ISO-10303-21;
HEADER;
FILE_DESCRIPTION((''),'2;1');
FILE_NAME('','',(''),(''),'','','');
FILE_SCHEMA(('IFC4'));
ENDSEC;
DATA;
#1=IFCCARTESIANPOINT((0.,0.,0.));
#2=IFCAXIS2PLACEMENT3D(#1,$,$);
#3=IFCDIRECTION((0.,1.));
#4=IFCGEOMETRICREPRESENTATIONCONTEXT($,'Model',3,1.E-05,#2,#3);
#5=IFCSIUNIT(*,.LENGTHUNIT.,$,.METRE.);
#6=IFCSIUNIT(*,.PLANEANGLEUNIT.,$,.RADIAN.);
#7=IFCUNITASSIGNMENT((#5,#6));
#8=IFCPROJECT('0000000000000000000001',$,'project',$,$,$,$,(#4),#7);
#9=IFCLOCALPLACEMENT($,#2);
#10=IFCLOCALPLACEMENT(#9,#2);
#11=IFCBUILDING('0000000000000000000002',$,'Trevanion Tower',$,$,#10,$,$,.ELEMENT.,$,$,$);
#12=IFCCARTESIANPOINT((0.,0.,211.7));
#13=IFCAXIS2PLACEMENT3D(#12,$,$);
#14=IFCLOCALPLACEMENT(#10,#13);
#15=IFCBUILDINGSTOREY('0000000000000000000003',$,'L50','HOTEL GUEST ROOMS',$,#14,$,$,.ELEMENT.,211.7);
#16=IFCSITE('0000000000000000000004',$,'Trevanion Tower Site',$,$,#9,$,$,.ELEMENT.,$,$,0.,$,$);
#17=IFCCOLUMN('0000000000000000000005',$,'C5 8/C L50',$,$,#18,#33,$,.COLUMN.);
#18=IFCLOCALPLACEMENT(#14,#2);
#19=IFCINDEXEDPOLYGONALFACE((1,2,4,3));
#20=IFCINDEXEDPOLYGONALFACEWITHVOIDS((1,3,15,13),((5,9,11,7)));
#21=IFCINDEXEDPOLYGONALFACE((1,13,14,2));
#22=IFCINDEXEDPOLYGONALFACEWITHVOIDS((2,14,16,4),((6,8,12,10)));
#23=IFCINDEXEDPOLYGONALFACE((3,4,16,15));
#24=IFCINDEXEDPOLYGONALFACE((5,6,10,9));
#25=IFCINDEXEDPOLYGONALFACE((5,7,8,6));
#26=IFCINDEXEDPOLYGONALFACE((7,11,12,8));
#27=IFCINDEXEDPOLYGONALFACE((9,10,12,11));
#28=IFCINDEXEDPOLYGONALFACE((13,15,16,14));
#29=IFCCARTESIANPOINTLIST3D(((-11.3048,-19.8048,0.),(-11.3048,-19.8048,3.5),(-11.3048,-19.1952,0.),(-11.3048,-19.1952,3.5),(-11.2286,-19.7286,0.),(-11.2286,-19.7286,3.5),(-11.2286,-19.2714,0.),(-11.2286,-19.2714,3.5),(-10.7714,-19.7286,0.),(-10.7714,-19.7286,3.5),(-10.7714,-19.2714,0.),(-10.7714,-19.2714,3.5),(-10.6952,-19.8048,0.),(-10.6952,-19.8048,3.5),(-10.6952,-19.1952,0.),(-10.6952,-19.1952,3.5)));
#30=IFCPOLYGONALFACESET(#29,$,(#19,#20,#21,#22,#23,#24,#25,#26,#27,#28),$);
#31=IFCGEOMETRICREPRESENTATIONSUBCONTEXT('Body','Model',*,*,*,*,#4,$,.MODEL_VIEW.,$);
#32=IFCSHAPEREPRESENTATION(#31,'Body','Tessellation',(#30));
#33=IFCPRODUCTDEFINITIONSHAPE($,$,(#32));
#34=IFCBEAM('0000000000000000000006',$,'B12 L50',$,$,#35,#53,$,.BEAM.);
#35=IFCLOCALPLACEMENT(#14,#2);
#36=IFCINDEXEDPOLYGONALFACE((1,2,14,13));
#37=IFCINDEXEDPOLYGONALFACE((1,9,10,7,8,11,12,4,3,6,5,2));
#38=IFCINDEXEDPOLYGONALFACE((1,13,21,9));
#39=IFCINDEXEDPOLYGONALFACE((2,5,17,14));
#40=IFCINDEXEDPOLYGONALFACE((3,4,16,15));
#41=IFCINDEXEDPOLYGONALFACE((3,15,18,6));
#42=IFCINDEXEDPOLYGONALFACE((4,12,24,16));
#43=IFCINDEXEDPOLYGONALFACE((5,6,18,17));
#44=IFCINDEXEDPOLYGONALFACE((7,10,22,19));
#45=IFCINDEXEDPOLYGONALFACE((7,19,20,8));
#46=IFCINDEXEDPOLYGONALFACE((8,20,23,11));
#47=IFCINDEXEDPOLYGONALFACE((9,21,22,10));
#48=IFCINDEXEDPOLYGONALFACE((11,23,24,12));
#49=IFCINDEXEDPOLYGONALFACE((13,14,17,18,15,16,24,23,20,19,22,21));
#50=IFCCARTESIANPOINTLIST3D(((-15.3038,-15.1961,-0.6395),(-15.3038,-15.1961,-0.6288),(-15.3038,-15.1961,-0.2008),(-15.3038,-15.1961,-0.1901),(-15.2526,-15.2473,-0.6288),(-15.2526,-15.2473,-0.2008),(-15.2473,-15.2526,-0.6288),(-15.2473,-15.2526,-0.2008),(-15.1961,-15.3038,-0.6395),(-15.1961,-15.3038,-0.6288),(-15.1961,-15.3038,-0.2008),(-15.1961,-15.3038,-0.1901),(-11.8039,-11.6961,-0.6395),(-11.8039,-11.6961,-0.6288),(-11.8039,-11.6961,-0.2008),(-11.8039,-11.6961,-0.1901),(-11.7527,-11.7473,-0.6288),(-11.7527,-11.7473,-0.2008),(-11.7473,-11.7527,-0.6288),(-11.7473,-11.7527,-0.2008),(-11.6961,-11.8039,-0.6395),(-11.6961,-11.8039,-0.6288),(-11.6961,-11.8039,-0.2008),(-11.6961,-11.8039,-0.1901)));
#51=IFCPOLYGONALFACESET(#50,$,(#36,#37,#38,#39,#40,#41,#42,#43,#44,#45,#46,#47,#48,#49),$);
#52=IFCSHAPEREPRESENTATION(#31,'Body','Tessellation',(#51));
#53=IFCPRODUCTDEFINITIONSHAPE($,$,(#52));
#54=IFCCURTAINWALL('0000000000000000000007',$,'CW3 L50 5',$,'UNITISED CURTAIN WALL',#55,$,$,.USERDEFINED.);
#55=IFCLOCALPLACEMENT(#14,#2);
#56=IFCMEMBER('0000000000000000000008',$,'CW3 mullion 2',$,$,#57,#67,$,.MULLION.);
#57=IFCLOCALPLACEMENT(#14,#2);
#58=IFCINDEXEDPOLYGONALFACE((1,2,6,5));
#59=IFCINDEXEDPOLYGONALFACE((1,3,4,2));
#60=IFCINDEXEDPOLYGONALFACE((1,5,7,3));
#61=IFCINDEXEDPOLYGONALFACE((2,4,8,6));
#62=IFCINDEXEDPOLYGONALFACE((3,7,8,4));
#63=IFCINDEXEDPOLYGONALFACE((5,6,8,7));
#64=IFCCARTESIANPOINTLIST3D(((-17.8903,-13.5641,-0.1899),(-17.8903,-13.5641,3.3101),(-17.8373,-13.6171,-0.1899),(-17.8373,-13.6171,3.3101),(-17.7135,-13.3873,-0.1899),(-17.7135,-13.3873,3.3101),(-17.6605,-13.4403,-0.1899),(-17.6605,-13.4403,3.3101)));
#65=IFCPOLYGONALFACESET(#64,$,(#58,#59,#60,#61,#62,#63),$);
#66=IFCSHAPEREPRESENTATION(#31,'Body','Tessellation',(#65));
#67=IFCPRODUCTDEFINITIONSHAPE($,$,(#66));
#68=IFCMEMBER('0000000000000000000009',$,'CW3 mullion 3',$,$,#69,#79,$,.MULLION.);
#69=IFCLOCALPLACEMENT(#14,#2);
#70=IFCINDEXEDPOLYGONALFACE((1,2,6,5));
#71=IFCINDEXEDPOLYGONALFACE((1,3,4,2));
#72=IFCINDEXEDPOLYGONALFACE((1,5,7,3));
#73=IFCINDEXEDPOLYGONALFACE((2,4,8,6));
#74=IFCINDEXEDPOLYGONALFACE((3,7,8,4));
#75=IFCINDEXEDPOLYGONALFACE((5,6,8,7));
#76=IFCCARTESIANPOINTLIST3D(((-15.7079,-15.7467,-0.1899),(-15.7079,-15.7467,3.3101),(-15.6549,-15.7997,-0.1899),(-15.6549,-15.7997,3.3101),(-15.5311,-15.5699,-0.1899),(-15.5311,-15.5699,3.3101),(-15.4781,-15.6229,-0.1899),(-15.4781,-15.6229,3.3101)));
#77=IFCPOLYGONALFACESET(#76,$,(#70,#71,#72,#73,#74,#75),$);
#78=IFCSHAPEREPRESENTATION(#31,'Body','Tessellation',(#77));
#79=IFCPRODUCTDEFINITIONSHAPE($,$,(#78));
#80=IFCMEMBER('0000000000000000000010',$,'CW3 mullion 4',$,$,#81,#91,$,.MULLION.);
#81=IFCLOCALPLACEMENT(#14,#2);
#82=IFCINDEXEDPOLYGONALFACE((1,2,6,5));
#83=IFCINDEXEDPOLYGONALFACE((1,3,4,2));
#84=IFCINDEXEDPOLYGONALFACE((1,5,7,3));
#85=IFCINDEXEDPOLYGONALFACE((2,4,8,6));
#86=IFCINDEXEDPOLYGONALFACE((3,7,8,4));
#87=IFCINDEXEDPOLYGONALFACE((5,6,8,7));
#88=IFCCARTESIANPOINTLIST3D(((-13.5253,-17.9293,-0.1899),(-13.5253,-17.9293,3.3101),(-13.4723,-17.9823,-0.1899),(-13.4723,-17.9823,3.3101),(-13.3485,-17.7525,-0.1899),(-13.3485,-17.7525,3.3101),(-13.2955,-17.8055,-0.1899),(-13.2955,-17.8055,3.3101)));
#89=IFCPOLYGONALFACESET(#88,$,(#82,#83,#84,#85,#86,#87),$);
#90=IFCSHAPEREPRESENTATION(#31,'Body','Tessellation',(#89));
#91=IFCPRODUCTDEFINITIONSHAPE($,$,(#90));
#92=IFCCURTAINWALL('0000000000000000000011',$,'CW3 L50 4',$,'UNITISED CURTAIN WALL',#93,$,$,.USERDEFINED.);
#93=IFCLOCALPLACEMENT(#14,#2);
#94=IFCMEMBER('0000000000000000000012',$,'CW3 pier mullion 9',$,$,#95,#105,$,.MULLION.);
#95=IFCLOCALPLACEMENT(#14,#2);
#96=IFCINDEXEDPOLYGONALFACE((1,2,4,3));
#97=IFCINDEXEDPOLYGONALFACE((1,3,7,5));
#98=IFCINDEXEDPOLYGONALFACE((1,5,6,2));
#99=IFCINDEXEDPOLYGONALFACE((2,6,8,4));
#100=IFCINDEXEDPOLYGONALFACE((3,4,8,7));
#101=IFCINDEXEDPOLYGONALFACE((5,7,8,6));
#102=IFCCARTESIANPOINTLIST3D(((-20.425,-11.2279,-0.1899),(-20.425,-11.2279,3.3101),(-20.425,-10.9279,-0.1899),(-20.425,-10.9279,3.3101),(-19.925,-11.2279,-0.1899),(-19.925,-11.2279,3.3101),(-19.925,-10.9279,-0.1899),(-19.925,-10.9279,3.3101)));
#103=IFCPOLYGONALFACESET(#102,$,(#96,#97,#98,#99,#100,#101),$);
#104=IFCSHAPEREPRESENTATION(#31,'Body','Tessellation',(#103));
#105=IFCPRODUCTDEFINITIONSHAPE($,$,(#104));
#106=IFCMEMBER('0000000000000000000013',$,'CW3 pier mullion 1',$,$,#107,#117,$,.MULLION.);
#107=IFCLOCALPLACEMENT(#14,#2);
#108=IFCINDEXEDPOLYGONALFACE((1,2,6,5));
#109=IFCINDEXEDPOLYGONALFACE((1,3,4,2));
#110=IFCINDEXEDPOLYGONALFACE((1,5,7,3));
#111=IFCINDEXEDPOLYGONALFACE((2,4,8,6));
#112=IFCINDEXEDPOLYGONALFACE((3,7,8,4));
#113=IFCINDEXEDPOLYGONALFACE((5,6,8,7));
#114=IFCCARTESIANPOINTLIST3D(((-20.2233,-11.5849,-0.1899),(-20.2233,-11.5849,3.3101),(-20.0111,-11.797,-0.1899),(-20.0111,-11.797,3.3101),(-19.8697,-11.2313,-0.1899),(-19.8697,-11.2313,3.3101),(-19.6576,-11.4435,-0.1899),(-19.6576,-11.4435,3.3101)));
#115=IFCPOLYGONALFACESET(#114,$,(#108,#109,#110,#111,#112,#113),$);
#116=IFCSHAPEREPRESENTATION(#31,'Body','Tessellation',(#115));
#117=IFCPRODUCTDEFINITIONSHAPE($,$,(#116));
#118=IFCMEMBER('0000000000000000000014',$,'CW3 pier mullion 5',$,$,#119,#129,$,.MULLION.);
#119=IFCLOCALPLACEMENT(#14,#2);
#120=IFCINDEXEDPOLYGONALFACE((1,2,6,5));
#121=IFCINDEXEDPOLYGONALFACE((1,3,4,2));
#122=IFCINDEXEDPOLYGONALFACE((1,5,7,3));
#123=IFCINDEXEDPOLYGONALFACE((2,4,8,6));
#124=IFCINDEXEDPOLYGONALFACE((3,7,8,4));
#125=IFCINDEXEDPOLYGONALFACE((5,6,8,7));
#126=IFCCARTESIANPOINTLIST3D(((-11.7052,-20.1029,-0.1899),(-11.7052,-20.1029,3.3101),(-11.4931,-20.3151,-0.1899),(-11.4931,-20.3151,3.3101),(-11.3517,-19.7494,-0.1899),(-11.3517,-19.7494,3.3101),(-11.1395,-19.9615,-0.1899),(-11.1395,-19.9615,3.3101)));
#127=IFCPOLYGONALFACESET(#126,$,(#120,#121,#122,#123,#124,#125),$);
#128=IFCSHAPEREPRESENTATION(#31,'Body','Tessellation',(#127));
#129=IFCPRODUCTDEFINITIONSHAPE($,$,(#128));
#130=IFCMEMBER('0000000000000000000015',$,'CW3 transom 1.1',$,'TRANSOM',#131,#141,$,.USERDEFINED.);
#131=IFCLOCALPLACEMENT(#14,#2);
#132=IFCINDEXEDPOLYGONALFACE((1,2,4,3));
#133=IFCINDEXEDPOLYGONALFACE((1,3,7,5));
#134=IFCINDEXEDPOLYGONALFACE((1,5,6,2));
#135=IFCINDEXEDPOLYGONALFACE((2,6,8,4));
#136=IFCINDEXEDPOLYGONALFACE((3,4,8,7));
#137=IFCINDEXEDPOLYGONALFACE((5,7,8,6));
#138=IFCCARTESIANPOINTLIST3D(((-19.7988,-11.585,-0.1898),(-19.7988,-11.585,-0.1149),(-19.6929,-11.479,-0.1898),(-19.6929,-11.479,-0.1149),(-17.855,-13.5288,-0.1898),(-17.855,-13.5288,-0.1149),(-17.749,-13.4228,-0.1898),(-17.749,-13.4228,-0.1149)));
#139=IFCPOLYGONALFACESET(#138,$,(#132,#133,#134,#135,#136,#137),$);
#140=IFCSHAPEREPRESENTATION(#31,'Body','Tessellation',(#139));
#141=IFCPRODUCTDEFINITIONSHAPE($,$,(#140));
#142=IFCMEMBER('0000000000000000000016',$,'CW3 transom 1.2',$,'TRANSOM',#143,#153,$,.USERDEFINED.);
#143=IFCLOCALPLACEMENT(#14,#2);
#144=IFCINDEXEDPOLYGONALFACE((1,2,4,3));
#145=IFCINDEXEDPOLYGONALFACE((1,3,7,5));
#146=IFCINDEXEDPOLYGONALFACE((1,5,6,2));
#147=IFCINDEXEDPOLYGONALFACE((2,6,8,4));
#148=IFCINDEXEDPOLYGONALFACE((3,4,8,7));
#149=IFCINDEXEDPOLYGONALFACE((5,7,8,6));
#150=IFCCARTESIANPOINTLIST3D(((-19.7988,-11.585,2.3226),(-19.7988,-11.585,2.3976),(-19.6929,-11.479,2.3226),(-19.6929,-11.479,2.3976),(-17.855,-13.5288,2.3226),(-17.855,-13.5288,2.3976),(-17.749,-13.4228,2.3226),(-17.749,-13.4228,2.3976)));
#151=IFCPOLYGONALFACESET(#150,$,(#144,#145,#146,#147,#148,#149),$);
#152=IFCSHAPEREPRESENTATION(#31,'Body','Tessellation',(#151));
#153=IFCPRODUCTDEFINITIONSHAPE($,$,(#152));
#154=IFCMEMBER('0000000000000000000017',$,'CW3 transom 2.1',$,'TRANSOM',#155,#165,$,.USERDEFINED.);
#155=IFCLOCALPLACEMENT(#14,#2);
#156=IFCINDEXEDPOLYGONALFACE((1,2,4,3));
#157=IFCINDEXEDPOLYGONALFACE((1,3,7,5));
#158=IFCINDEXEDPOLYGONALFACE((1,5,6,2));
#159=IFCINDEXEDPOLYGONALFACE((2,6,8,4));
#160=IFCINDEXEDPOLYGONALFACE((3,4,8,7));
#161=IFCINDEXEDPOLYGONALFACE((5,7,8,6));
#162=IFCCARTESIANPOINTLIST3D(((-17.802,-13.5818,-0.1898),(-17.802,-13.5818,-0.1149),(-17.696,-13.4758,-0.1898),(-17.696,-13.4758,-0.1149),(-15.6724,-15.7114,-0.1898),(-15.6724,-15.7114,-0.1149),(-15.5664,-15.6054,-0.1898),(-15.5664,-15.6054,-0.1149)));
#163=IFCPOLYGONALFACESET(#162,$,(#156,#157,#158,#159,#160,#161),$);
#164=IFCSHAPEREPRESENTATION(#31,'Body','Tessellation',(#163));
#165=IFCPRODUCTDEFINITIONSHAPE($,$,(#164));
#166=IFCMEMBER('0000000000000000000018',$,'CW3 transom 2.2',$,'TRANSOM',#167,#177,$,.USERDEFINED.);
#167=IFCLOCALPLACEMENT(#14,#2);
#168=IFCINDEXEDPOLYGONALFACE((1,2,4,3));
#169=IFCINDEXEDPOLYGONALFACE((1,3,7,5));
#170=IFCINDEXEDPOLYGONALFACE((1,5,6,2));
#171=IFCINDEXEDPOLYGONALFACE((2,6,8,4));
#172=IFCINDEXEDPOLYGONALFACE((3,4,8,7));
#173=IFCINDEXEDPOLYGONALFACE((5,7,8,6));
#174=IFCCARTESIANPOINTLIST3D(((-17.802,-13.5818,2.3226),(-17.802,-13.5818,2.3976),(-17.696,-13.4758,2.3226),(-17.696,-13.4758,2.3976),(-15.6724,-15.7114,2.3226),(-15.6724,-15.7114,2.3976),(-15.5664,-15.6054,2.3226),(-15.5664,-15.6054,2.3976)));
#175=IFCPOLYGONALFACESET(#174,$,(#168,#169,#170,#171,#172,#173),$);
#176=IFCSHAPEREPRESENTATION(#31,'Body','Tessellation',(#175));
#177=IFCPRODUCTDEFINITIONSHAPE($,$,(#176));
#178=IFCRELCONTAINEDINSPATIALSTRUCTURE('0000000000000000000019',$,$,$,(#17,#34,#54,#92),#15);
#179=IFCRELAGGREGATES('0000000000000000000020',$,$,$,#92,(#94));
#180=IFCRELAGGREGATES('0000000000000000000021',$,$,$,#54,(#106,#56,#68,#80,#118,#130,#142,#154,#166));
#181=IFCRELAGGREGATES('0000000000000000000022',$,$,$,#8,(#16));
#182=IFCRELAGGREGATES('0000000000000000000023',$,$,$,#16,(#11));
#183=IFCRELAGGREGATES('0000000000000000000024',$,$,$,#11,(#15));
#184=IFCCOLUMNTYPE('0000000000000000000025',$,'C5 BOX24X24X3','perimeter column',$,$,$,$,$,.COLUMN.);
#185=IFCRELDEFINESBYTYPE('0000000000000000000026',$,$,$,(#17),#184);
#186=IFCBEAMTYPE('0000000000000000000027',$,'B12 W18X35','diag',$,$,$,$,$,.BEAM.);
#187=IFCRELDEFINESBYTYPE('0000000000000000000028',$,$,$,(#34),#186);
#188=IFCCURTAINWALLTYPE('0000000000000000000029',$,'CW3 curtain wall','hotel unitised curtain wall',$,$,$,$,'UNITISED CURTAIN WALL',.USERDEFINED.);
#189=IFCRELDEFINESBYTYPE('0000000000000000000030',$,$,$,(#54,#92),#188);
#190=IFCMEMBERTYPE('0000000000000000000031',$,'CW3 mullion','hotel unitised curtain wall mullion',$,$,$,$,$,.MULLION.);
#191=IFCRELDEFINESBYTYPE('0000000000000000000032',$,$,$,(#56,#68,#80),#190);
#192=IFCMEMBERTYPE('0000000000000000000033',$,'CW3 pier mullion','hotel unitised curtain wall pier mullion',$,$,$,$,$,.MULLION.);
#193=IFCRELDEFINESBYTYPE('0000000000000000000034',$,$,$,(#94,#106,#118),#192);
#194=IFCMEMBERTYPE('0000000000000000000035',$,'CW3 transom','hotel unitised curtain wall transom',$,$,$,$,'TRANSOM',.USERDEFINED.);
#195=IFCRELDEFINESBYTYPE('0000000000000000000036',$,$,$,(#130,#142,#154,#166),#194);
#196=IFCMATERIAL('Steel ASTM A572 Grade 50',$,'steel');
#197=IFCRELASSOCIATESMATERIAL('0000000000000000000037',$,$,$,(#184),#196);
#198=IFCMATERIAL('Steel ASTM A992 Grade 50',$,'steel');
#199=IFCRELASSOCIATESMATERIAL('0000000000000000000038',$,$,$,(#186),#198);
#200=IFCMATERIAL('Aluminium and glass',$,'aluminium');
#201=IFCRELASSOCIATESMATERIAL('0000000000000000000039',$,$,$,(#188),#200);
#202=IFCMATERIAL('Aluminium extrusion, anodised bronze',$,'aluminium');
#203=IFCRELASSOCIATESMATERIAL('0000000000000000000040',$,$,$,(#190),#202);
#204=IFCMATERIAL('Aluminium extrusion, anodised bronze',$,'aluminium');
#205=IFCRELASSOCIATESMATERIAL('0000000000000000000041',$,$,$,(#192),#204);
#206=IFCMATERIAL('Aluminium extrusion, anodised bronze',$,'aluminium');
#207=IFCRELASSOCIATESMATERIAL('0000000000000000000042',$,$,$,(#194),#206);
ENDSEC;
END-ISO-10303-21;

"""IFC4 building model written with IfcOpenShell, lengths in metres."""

from ifc_helpers import new_model, si_unit, direction, frame, origin, origin_2d, place, context, subcontext, project, spatial, rectangle, hollow_rectangle, i_section, extrude, material, material_profile, profile_set, type_object, element, aggregate, save


model = new_model("IFC4")

# Units and contexts
model_context = context("Model", 3, precision=1e-05, world=origin(), true_north=direction((0.0, 1.0)))
body_context = subcontext(model_context, "Body", "Model", "MODEL_VIEW")
ifc_project = project(units=[si_unit("LENGTHUNIT", "METRE"), si_unit("PLANEANGLEUNIT", "RADIAN")], contexts=[model_context])

# Site, building, storey
site_placement = place(None, origin())
site = spatial("IfcSite", under=ifc_project, at=site_placement, Name="Trevanion Tower Site", CompositionType="ELEMENT", RefElevation=0.0)
building_placement = place(site_placement, origin())
building = spatial("IfcBuilding", under=site, at=building_placement, Name="Trevanion Tower", CompositionType="ELEMENT")
storey_placement = place(building_placement, frame((0.0, 0.0, 211.7)))
storey = spatial("IfcBuildingStorey", under=building, at=storey_placement, Name="L50", Description="HOTEL GUEST ROOMS", CompositionType="ELEMENT", Elevation=211.7)

# Column
ifc_material_1 = material(Name="Steel ASTM A572 Grade 50", Category="steel")
ifc_material_profile_1 = material_profile(ifc_material_1, hollow_rectangle(XDim=0.6096, YDim=0.6096, WallThickness=0.0762, at=origin_2d()), Name="BOX24X24X3")
ifc_profile_set_1 = profile_set([ifc_material_profile_1], Name="Steel ASTM A572 Grade 50")
column_type = type_object("IfcColumnType", Name="C5 BOX24X24X3", Description="perimeter column", PredefinedType="COLUMN", material=ifc_profile_set_1)
column_placement = place(storey_placement, frame((-11.0, -19.5, 0.0), z_axis=(0.0, 0.0, 1.0), x_axis=(1.0, 0.0, 0.0)))
element("IfcColumn", 1, at=column_placement, inside=storey, type_object=column_type, Name="C5 8/C L50", PredefinedType="COLUMN", context=body_context, shape_type="SweptSolid", body=[
    extrude(hollow_rectangle(XDim=0.6096, YDim=0.6096, WallThickness=0.0762, at=origin_2d()), origin(), (0.0, 0.0, 1.0), 3.5),
])

# Beam
ifc_material_2 = material(Name="Steel ASTM A992 Grade 50", Category="steel")
ifc_material_profile_2 = material_profile(ifc_material_2, i_section(OverallWidth=0.1523, OverallDepth=0.4495, WebThickness=0.0076, FlangeThickness=0.0107, at=origin_2d()), Name="W18X35")
ifc_profile_set_2 = profile_set([ifc_material_profile_2], Name="Steel ASTM A992 Grade 50")
beam_type_1 = type_object("IfcBeamType", Name="B12 W18X35", Description="diag", PredefinedType="BEAM", material=ifc_profile_set_2)
beam_1_placement = place(storey_placement, frame((-11.75, -11.75, -0.4148), z_axis=(-0.707107, -0.707107, 0.0), x_axis=(0.707107, -0.707107, 0.0)))
element("IfcBeam", 2, at=beam_1_placement, inside=storey, type_object=beam_type_1, Name="B12 L50", PredefinedType="BEAM", context=body_context, shape_type="SweptSolid", body=[
    extrude(i_section(OverallWidth=0.1523, OverallDepth=0.4495, WebThickness=0.0076, FlangeThickness=0.0107, at=origin_2d()), origin(), (0.0, 0.0, 1.0), 4.9497),
])

# Curtain wall, members
ifc_material_3 = material(Name="Aluminium and glass", Category="aluminium")
curtain_wall_type = type_object("IfcCurtainWallType", Name="CW3 curtain wall", Description="hotel unitised curtain wall", ElementType="UNITISED CURTAIN WALL", PredefinedType="USERDEFINED", material=ifc_material_3)
curtain_wall_1_placement = place(storey_placement, origin())
curtain_wall_1 = element("IfcCurtainWall", 3, at=curtain_wall_1_placement, inside=storey, type_object=curtain_wall_type, Name="CW3 L50 5", ObjectType="UNITISED CURTAIN WALL", PredefinedType="USERDEFINED")
ifc_material_4 = material(Name="Aluminium extrusion, anodised bronze", Category="aluminium")
ifc_material_profile_3 = material_profile(ifc_material_4, rectangle(XDim=0.075, YDim=0.25, at=origin_2d()), Name="CW3 mullion")
ifc_profile_set_3 = profile_set([ifc_material_profile_3], Name="Aluminium extrusion, anodised bronze")
member_type_1 = type_object("IfcMemberType", Name="CW3 mullion", Description="hotel unitised curtain wall mullion", PredefinedType="MULLION", material=ifc_profile_set_3)
member_1_placement = place(storey_placement, frame((-17.7754, -13.5022, -0.1899), z_axis=(0.0, 0.0, 1.0), x_axis=(0.707107, -0.707107, 0.0)))
member_1 = element("IfcMember", 4, at=member_1_placement, type_object=member_type_1, Name="CW3 mullion 2", PredefinedType="MULLION", context=body_context, shape_type="SweptSolid", body=[
    extrude(rectangle(XDim=0.075, YDim=0.25, at=origin_2d()), origin(), (0.0, 0.0, 1.0), 3.5),
])
member_2_placement = place(storey_placement, frame((-15.593, -15.6848, -0.1899), z_axis=(0.0, 0.0, 1.0), x_axis=(0.707107, -0.707107, 0.0)))
member_2 = element("IfcMember", 5, at=member_2_placement, type_object=member_type_1, Name="CW3 mullion 3", PredefinedType="MULLION", context=body_context, shape_type="SweptSolid", body=[
    extrude(rectangle(XDim=0.075, YDim=0.25, at=origin_2d()), origin(), (0.0, 0.0, 1.0), 3.5),
])
member_3_placement = place(storey_placement, frame((-13.4104, -17.8674, -0.1899), z_axis=(0.0, 0.0, 1.0), x_axis=(0.707107, -0.707107, 0.0)))
member_3 = element("IfcMember", 6, at=member_3_placement, type_object=member_type_1, Name="CW3 mullion 4", PredefinedType="MULLION", context=body_context, shape_type="SweptSolid", body=[
    extrude(rectangle(XDim=0.075, YDim=0.25, at=origin_2d()), origin(), (0.0, 0.0, 1.0), 3.5),
])

# Curtain wall, member
curtain_wall_2_placement = place(storey_placement, origin())
curtain_wall_2 = element("IfcCurtainWall", 7, at=curtain_wall_2_placement, inside=storey, type_object=curtain_wall_type, Name="CW3 L50 4", ObjectType="UNITISED CURTAIN WALL", PredefinedType="USERDEFINED")
ifc_material_5 = material(Name="Aluminium extrusion, anodised bronze", Category="aluminium")
ifc_material_profile_4 = material_profile(ifc_material_5, rectangle(XDim=0.3, YDim=0.5, at=origin_2d()), Name="CW3 pier mullion")
ifc_profile_set_4 = profile_set([ifc_material_profile_4], Name="Aluminium extrusion, anodised bronze")
member_type_2 = type_object("IfcMemberType", Name="CW3 pier mullion", Description="hotel unitised curtain wall pier mullion", PredefinedType="MULLION", material=ifc_profile_set_4)
member_4_placement = place(storey_placement, frame((-20.175, -11.0779, -0.1899), z_axis=(0.0, 0.0, 1.0), x_axis=(0.0, -1.0, 0.0)))
member_4 = element("IfcMember", 8, at=member_4_placement, type_object=member_type_2, Name="CW3 pier mullion 9", PredefinedType="MULLION", context=body_context, shape_type="SweptSolid", body=[
    extrude(rectangle(XDim=0.3, YDim=0.5, at=origin_2d()), origin(), (0.0, 0.0, 1.0), 3.5),
])
aggregate(curtain_wall_2, [member_4])

# Members
member_5_placement = place(storey_placement, frame((-19.9404, -11.5142, -0.1899), z_axis=(0.0, 0.0, 1.0), x_axis=(0.707107, -0.707107, 0.0)))
member_5 = element("IfcMember", 9, at=member_5_placement, type_object=member_type_2, Name="CW3 pier mullion 1", PredefinedType="MULLION", context=body_context, shape_type="SweptSolid", body=[
    extrude(rectangle(XDim=0.3, YDim=0.5, at=origin_2d()), origin(), (0.0, 0.0, 1.0), 3.5),
])
member_6_placement = place(storey_placement, frame((-11.4224, -20.0322, -0.1899), z_axis=(0.0, 0.0, 1.0), x_axis=(0.707107, -0.707107, 0.0)))
member_6 = element("IfcMember", 10, at=member_6_placement, type_object=member_type_2, Name="CW3 pier mullion 5", PredefinedType="MULLION", context=body_context, shape_type="SweptSolid", body=[
    extrude(rectangle(XDim=0.3, YDim=0.5, at=origin_2d()), origin(), (0.0, 0.0, 1.0), 3.5),
])
ifc_material_6 = material(Name="Aluminium extrusion, anodised bronze", Category="aluminium")
ifc_material_profile_5 = material_profile(ifc_material_6, rectangle(XDim=0.1499, YDim=0.075, at=origin_2d()), Name="CW3 transom")
ifc_profile_set_5 = profile_set([ifc_material_profile_5], Name="Aluminium extrusion, anodised bronze")
member_type_3 = type_object("IfcMemberType", Name="CW3 transom", Description="hotel unitised curtain wall transom", ElementType="TRANSOM", PredefinedType="USERDEFINED", material=ifc_profile_set_5)
member_7_placement = place(storey_placement, frame((-19.7458, -11.532, -0.1523), z_axis=(0.707107, -0.707107, 0.0), x_axis=(0.707107, 0.707107, 0.0)))
member_7 = element("IfcMember", 11, at=member_7_placement, type_object=member_type_3, Name="CW3 transom 1.1", ObjectType="TRANSOM", PredefinedType="USERDEFINED", context=body_context, shape_type="SweptSolid", body=[
    extrude(rectangle(XDim=0.1499, YDim=0.075, at=origin_2d()), origin(), (0.0, 0.0, 1.0), 2.749),
])
member_8_placement = place(storey_placement, frame((-19.7458, -11.532, 2.3601), z_axis=(0.707107, -0.707107, 0.0), x_axis=(0.707107, 0.707107, 0.0)))
member_8 = element("IfcMember", 12, at=member_8_placement, type_object=member_type_3, Name="CW3 transom 1.2", ObjectType="TRANSOM", PredefinedType="USERDEFINED", context=body_context, shape_type="SweptSolid", body=[
    extrude(rectangle(XDim=0.1499, YDim=0.075, at=origin_2d()), origin(), (0.0, 0.0, 1.0), 2.749),
])
member_9_placement = place(storey_placement, frame((-17.749, -13.5288, -0.1523), z_axis=(0.707107, -0.707107, 0.0), x_axis=(0.707107, 0.707107, 0.0)))
member_9 = element("IfcMember", 13, at=member_9_placement, type_object=member_type_3, Name="CW3 transom 2.1", ObjectType="TRANSOM", PredefinedType="USERDEFINED", context=body_context, shape_type="SweptSolid", body=[
    extrude(rectangle(XDim=0.1499, YDim=0.075, at=origin_2d()), origin(), (0.0, 0.0, 1.0), 3.0117),
])
member_10_placement = place(storey_placement, frame((-17.749, -13.5288, 2.3601), z_axis=(0.707107, -0.707107, 0.0), x_axis=(0.707107, 0.707107, 0.0)))
member_10 = element("IfcMember", 14, at=member_10_placement, type_object=member_type_3, Name="CW3 transom 2.2", ObjectType="TRANSOM", PredefinedType="USERDEFINED", context=body_context, shape_type="SweptSolid", body=[
    extrude(rectangle(XDim=0.1499, YDim=0.075, at=origin_2d()), origin(), (0.0, 0.0, 1.0), 3.0117),
])

aggregate(curtain_wall_1, [member_5, member_1, member_2, member_3, member_6, member_7, member_8, member_9, member_10])

save(model, "model.ifc")
